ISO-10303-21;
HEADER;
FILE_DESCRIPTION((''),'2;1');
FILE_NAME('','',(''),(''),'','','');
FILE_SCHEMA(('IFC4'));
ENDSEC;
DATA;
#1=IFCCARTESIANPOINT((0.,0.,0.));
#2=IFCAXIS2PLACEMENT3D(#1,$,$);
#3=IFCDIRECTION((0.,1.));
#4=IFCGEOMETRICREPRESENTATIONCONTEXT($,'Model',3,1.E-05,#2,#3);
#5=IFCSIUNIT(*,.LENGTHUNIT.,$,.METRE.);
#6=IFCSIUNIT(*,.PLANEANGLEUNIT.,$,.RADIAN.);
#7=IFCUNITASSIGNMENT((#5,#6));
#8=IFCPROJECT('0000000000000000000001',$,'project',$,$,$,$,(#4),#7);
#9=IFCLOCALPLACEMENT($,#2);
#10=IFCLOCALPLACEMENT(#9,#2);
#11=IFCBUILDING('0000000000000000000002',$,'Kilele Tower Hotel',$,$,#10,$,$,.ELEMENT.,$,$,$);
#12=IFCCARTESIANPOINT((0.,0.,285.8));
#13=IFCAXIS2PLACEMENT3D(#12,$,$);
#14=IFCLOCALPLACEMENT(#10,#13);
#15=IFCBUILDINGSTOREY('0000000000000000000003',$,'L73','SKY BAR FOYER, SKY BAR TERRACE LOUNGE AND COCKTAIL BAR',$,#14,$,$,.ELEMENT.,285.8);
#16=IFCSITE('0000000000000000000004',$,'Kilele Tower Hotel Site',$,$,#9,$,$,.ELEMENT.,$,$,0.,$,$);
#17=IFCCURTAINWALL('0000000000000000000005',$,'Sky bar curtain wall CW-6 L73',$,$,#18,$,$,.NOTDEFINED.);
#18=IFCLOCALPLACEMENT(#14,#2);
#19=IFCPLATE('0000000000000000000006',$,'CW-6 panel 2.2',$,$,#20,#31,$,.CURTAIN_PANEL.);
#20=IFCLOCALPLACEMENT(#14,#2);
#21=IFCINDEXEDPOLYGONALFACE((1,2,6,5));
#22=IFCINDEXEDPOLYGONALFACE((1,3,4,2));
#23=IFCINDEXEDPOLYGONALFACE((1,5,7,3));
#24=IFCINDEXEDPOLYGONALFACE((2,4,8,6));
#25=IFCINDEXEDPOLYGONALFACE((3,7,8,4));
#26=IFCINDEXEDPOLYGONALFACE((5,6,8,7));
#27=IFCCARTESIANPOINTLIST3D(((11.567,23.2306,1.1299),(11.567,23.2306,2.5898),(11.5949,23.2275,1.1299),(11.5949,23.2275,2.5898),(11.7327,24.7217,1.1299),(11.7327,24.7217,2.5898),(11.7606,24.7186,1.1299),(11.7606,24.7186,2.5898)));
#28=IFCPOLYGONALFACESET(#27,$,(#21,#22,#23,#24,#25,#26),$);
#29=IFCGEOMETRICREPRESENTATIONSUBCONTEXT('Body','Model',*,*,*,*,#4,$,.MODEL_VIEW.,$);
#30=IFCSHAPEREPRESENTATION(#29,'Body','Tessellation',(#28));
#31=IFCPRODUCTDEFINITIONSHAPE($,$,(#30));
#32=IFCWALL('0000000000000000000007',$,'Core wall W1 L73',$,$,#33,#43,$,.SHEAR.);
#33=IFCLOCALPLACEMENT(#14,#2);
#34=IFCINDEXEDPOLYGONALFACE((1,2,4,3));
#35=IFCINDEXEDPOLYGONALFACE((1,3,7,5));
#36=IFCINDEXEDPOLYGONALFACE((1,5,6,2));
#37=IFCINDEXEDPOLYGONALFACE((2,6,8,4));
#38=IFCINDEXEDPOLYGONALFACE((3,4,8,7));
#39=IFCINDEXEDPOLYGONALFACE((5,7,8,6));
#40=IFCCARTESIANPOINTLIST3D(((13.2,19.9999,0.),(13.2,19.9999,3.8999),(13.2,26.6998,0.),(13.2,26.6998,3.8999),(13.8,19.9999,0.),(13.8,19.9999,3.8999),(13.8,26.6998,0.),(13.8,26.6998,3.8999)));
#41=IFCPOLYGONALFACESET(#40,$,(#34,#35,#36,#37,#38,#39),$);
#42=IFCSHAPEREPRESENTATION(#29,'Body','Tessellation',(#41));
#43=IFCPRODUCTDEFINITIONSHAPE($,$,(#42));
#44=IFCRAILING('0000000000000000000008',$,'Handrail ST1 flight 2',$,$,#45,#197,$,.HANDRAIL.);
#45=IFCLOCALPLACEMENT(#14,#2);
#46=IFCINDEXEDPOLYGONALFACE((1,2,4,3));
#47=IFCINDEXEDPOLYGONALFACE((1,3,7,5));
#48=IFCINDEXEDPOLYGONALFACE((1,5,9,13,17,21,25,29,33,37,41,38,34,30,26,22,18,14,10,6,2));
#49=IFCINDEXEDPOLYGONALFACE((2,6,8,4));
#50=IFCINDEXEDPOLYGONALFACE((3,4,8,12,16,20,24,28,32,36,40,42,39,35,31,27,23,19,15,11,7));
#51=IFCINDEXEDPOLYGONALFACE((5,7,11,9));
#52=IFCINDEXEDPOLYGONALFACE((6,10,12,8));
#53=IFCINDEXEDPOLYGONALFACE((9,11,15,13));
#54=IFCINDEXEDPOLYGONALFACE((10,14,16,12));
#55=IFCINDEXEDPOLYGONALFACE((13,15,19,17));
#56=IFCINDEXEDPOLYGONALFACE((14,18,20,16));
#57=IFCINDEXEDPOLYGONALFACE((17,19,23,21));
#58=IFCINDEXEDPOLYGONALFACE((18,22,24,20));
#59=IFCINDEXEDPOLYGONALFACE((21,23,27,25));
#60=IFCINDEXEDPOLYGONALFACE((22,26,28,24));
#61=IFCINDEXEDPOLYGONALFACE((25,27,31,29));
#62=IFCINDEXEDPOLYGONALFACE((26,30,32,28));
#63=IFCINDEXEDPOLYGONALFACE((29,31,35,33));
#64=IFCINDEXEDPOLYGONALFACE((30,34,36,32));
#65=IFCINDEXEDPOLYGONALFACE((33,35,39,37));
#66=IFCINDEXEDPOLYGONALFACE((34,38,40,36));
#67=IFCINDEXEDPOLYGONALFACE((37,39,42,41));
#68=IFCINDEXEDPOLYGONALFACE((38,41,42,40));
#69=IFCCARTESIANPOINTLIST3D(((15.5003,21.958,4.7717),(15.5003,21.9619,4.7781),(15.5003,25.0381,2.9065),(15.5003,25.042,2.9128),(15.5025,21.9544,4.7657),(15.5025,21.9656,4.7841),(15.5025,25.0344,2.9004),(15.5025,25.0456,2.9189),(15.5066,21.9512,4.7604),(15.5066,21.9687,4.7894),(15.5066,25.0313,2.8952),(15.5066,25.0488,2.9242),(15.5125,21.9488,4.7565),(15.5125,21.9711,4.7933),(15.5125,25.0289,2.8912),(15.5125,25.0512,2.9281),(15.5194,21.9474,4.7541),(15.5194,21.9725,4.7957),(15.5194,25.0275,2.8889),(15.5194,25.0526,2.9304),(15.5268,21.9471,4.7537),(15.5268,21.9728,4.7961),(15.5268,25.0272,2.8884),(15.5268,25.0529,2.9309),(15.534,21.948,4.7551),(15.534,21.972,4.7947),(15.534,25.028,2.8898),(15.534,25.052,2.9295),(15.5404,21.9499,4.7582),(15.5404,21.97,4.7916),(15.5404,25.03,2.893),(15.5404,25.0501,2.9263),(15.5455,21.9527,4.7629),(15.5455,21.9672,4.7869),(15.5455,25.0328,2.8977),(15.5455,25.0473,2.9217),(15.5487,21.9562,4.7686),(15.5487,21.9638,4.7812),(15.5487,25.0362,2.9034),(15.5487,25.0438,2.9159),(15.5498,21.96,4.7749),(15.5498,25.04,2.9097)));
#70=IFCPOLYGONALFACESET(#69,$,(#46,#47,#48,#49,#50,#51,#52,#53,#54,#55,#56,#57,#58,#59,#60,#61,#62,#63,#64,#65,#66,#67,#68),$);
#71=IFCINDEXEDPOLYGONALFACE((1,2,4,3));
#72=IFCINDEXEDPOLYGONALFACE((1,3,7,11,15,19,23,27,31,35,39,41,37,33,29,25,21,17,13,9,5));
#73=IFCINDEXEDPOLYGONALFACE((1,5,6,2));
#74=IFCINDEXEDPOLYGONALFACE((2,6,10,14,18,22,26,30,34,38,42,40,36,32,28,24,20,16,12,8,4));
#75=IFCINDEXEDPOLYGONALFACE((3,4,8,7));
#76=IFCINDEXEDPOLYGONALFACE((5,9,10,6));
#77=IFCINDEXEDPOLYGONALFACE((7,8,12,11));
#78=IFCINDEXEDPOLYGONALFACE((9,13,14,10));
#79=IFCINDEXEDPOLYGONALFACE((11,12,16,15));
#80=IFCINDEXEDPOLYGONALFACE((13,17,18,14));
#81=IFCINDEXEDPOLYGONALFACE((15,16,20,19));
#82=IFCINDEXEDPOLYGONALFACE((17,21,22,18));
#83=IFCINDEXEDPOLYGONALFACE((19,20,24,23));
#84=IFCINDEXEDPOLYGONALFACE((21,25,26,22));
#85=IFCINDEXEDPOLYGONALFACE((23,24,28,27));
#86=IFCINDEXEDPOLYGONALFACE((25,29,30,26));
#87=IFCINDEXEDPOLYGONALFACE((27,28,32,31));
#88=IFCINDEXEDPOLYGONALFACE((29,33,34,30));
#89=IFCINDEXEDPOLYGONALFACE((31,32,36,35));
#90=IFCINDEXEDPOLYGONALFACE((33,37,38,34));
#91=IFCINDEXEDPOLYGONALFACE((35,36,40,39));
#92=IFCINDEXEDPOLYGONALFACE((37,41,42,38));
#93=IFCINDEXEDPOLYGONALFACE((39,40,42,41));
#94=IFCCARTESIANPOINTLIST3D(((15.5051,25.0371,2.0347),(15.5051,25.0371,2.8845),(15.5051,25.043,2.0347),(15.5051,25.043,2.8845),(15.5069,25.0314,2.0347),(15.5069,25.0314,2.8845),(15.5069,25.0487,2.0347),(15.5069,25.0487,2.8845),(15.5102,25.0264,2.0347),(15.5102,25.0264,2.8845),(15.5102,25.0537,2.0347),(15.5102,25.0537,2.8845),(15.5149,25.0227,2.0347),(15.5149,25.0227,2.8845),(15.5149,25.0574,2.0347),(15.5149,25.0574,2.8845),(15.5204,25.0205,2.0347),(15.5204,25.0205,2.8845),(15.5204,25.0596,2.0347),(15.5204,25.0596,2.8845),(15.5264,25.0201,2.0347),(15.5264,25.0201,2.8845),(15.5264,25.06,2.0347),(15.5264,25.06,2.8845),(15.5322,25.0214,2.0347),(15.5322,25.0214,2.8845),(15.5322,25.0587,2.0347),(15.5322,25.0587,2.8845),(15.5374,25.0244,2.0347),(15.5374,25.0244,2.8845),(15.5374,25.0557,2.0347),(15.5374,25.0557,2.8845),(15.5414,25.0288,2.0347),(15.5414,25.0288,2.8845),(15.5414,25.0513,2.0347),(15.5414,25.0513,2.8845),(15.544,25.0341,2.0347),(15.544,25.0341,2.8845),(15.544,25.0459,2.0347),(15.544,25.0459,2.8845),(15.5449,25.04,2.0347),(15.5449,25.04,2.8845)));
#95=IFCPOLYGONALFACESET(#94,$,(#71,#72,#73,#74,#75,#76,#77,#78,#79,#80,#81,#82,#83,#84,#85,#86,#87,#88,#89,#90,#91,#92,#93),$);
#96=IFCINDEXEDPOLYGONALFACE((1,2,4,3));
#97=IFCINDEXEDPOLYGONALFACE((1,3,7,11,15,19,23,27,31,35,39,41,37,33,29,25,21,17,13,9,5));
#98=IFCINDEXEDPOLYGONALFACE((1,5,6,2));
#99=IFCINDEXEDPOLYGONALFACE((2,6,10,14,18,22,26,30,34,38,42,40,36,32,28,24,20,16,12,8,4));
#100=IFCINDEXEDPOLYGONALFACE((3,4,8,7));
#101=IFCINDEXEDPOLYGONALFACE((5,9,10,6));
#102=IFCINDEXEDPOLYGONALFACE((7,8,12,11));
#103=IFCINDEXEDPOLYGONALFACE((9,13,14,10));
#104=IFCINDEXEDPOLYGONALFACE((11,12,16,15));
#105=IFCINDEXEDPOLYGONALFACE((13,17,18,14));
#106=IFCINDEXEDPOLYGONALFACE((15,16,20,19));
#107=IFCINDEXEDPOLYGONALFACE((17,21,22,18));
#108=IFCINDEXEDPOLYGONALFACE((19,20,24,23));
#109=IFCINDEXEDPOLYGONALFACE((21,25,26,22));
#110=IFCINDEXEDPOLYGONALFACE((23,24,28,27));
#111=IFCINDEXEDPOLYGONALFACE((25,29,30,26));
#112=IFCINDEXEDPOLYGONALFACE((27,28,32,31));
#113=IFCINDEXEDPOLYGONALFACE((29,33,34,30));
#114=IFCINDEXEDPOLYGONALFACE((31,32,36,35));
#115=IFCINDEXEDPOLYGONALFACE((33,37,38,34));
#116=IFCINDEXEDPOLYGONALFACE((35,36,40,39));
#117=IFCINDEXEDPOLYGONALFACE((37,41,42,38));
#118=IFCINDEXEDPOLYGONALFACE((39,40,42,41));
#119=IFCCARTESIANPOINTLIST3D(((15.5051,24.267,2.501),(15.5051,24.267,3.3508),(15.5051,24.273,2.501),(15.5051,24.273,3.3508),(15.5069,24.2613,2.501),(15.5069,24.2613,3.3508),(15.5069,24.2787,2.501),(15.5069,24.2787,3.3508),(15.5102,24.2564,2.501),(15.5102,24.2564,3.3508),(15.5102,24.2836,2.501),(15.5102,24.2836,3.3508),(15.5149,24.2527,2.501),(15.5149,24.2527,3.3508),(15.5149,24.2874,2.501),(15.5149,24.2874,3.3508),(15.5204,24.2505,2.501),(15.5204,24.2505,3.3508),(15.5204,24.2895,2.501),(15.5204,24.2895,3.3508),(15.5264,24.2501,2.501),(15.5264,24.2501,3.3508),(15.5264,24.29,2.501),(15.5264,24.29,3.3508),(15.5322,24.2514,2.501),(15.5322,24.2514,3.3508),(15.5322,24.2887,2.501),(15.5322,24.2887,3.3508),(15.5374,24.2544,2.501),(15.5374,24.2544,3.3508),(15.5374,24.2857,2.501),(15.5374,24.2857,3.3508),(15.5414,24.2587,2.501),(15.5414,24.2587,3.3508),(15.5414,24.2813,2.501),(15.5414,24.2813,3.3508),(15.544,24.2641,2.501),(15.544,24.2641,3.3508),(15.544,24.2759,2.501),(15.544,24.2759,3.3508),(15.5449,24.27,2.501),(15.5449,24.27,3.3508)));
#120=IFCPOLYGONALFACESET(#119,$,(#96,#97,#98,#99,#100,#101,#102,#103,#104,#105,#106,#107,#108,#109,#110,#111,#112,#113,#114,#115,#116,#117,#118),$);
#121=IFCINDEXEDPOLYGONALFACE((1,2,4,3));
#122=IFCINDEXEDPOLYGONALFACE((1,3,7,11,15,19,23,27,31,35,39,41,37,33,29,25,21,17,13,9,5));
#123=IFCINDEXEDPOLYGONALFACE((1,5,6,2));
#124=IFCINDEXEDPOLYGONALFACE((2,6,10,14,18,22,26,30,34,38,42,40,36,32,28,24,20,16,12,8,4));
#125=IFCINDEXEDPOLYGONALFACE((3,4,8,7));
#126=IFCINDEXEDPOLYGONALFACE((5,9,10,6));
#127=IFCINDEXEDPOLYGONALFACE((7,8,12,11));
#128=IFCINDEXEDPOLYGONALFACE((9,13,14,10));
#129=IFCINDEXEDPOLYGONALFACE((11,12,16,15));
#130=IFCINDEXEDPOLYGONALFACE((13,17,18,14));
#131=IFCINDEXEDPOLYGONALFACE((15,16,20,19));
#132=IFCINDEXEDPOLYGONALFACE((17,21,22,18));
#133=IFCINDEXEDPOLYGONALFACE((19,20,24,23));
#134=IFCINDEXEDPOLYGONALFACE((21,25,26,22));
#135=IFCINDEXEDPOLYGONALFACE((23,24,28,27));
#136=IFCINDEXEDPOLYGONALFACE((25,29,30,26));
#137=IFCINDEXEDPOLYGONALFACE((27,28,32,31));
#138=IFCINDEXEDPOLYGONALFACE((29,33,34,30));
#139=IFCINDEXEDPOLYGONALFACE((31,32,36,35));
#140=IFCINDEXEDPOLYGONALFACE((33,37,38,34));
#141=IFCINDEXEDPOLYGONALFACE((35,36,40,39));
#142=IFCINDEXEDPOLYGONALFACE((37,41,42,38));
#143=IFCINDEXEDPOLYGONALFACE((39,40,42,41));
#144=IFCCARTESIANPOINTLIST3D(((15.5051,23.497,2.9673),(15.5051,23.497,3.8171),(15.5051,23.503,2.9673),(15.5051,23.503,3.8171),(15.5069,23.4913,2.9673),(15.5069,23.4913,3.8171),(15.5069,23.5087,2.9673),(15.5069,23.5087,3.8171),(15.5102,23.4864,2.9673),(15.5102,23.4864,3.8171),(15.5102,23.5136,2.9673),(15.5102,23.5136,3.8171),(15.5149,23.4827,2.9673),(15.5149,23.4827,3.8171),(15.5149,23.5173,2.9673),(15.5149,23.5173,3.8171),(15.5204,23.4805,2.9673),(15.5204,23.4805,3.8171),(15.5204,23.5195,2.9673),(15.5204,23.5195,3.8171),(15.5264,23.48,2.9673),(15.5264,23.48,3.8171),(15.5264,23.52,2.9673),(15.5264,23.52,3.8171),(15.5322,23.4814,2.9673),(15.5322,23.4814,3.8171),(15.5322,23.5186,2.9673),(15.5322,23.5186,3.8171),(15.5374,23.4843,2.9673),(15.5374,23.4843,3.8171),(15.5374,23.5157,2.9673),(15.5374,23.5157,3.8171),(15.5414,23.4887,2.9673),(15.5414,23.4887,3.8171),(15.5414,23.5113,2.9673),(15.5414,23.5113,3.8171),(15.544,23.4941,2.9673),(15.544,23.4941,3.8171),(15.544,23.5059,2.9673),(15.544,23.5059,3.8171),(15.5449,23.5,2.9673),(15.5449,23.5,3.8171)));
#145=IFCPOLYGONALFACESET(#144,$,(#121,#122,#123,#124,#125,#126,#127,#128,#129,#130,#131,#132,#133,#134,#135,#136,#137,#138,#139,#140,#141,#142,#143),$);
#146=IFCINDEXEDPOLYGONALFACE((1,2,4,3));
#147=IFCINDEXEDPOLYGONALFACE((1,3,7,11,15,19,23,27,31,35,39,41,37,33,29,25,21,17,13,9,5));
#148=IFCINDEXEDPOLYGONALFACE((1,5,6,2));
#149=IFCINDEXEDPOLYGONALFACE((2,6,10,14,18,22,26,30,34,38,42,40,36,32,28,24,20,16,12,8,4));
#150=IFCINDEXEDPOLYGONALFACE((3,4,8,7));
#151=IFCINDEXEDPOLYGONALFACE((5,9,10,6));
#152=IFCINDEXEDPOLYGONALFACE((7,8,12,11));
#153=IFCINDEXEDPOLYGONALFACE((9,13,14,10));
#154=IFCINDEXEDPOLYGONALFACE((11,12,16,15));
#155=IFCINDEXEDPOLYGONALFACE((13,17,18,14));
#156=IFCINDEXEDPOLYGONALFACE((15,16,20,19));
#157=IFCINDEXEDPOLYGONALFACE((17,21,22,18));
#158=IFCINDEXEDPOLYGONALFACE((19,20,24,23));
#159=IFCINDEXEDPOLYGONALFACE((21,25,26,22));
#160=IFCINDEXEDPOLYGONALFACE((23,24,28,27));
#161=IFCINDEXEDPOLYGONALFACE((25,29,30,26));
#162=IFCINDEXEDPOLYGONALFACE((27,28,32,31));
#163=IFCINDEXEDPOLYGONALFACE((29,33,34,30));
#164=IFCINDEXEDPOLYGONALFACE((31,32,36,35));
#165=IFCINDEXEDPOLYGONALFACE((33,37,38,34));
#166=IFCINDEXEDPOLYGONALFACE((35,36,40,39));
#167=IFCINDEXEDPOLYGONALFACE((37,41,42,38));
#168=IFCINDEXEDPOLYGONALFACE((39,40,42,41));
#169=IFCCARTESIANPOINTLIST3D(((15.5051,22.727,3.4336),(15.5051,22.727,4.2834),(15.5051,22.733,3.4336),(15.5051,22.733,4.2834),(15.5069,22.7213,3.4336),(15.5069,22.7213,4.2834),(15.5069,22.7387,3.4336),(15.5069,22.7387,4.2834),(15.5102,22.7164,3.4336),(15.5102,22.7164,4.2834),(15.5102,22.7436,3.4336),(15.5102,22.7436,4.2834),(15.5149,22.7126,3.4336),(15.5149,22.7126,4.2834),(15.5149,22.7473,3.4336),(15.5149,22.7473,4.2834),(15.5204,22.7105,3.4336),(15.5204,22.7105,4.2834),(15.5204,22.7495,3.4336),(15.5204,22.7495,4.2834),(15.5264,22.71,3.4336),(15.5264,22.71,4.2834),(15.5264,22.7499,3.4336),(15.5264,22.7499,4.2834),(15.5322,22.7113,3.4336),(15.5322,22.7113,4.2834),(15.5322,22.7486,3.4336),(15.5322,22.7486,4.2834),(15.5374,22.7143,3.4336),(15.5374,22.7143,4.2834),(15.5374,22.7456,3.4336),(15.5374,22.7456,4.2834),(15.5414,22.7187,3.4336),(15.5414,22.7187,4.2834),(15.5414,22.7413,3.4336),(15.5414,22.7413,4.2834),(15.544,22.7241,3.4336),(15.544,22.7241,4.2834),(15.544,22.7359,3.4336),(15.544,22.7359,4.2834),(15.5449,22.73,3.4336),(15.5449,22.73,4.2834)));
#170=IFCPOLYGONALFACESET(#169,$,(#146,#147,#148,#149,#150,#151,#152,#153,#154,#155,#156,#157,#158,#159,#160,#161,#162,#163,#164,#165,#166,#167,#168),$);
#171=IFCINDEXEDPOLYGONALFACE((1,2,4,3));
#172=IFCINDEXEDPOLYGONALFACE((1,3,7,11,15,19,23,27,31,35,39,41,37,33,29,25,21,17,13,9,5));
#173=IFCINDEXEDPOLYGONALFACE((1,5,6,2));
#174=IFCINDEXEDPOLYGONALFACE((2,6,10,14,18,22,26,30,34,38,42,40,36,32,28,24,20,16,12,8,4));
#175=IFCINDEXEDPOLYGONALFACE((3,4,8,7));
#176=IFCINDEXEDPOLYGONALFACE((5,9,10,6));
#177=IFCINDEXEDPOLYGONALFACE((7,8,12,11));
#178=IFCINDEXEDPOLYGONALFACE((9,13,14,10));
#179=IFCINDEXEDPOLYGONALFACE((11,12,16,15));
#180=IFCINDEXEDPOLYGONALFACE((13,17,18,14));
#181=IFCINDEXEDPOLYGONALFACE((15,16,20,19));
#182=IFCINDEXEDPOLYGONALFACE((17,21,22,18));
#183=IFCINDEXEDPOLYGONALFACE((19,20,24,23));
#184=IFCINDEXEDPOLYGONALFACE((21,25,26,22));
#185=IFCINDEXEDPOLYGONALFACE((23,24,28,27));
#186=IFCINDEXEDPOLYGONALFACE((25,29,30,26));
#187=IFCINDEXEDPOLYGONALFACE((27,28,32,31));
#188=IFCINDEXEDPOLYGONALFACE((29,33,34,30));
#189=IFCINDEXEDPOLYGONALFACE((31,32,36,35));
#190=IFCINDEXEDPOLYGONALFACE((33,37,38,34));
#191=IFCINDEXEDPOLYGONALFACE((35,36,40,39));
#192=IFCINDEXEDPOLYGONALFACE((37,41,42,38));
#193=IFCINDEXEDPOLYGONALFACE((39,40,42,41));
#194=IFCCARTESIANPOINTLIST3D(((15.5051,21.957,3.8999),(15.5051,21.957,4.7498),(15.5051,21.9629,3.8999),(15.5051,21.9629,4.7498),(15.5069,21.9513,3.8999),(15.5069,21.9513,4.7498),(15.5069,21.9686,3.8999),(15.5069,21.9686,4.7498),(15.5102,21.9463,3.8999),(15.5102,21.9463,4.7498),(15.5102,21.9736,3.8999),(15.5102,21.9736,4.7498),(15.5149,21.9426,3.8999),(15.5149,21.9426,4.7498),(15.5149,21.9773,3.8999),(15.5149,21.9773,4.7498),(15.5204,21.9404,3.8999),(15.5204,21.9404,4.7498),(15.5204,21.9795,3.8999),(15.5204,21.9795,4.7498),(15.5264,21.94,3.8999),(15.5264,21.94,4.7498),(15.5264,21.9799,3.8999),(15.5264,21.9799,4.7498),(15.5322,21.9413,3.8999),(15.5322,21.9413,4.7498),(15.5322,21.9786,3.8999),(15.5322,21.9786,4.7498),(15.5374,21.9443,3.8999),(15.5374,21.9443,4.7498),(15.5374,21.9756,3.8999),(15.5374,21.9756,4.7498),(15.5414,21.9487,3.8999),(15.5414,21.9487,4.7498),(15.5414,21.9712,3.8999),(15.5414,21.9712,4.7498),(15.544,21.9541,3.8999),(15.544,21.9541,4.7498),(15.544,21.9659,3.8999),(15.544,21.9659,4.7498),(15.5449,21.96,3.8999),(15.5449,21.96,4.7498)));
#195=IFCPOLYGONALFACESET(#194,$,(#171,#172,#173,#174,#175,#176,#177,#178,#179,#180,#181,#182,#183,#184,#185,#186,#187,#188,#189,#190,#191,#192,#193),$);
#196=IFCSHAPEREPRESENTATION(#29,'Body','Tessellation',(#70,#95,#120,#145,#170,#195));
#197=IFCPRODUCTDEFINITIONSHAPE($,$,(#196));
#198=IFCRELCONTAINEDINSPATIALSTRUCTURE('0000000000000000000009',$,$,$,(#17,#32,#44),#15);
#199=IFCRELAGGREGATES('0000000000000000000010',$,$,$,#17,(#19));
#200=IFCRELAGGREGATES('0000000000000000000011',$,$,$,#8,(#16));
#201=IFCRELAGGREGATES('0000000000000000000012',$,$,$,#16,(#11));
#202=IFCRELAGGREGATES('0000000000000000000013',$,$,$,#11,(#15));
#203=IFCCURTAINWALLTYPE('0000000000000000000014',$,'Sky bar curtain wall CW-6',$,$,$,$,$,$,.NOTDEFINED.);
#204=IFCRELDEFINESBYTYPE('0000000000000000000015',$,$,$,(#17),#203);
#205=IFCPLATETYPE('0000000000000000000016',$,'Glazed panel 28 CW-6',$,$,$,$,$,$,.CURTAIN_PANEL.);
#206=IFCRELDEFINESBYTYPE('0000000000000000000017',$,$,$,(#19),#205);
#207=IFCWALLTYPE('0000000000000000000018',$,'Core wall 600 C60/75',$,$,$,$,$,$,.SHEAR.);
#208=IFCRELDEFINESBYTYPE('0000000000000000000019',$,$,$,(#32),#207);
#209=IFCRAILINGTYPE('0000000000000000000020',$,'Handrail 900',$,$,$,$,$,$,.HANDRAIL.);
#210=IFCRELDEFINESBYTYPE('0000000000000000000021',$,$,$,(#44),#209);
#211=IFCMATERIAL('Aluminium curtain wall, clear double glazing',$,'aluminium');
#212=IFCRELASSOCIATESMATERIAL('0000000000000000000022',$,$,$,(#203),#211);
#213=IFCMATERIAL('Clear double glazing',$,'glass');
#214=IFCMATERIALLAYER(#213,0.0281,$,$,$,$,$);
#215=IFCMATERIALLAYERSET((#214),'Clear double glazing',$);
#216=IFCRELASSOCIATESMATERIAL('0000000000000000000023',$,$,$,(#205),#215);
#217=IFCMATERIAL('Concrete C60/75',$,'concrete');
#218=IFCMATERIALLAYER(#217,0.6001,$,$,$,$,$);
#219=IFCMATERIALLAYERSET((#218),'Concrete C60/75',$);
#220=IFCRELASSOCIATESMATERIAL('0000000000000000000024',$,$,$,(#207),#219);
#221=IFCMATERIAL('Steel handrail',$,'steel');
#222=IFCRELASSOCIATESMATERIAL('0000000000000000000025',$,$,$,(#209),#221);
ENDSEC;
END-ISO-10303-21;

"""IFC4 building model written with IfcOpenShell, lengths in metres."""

from ifc_helpers import new_model, si_unit, direction, frame, frame_2d, origin, origin_2d, place, context, subcontext, project, spatial, rectangle, circle, extrude, material, layer, layer_set, type_object, element, aggregate, save


model = new_model("IFC4")

# Units and contexts
model_context = context("Model", 3, precision=1e-05, world=origin(), true_north=direction((0.0, 1.0)))
body_context = subcontext(model_context, "Body", "Model", "MODEL_VIEW")
ifc_project = project(units=[si_unit("LENGTHUNIT", "METRE"), si_unit("PLANEANGLEUNIT", "RADIAN")], contexts=[model_context])

# Site, building, storey
site_placement = place(None, origin())
site = spatial("IfcSite", under=ifc_project, at=site_placement, Name="Kilele Tower Hotel Site", CompositionType="ELEMENT", RefElevation=0.0)
building_placement = place(site_placement, origin())
building = spatial("IfcBuilding", under=site, at=building_placement, Name="Kilele Tower Hotel", CompositionType="ELEMENT")
storey_placement = place(building_placement, frame((0.0, 0.0, 285.8)))
storey = spatial("IfcBuildingStorey", under=building, at=storey_placement, Name="L73", Description="SKY BAR FOYER, SKY BAR TERRACE LOUNGE AND COCKTAIL BAR", CompositionType="ELEMENT", Elevation=285.8)

# Curtain wall
ifc_material_1 = material(Name="Aluminium curtain wall, clear double glazing", Category="aluminium")
curtain_wall_type = type_object("IfcCurtainWallType", Name="Sky bar curtain wall CW-6", PredefinedType="NOTDEFINED", material=ifc_material_1)
curtain_wall_placement = place(storey_placement, origin())
curtain_wall = element("IfcCurtainWall", 1, at=curtain_wall_placement, inside=storey, type_object=curtain_wall_type, Name="Sky bar curtain wall CW-6 L73", PredefinedType="NOTDEFINED")

# Plate
ifc_material_2 = material(Name="Clear double glazing", Category="glass")
ifc_layer_1 = layer(ifc_material_2, 0.0281)
ifc_layer_set_1 = layer_set([ifc_layer_1], Name="Clear double glazing")
plate_type = type_object("IfcPlateType", Name="Glazed panel 28 CW-6", PredefinedType="CURTAIN_PANEL", material=ifc_layer_set_1)
plate_1_placement = place(storey_placement, frame((11.6638, 23.9746, 1.1299), z_axis=(0.0, 0.0, 1.0), x_axis=(-0.110432, -0.993884, 0.0)))
plate_1 = element("IfcPlate", 2, at=plate_1_placement, type_object=plate_type, Name="CW-6 panel 2.2", PredefinedType="CURTAIN_PANEL", context=body_context, shape_type="SweptSolid", body=[
    extrude(rectangle(XDim=1.5002, YDim=0.0281, at=origin_2d()), origin(), (0.0, 0.0, 1.0), 1.46),
])
aggregate(curtain_wall, [plate_1])

# Wall
ifc_material_3 = material(Name="Concrete C60/75", Category="concrete")
ifc_layer_2 = layer(ifc_material_3, 0.6001)
ifc_layer_set_2 = layer_set([ifc_layer_2], Name="Concrete C60/75")
wall_type = type_object("IfcWallType", Name="Core wall 600 C60/75", PredefinedType="SHEAR", material=ifc_layer_set_2)
wall_placement = place(storey_placement, frame((13.5, 26.7, 0.0), z_axis=(0.0, 0.0, 1.0), x_axis=(0.0, -1.0, 0.0)))
element("IfcWall", 3, at=wall_placement, inside=storey, type_object=wall_type, Name="Core wall W1 L73", PredefinedType="SHEAR", context=body_context, shape_type="SweptSolid", body=[
    extrude(rectangle(XDim=6.7, YDim=0.6001, at=frame_2d((3.3501, 0.0))), origin(), (0.0, 0.0, 1.0), 3.8999),
])

# Railing
ifc_material_4 = material(Name="Steel handrail", Category="steel")
railing_type_1 = type_object("IfcRailingType", Name="Handrail 900", PredefinedType="HANDRAIL", material=ifc_material_4)
railing_1_placement = place(storey_placement, frame((15.5249, 25.04, 2.0347)))
element("IfcRailing", 4, at=railing_1_placement, inside=storey, type_object=railing_type_1, Name="Handrail ST1 flight 2", PredefinedType="HANDRAIL", context=body_context, shape_type="SweptSolid", body=[
    extrude(circle(Radius=0.0249, at=origin_2d()), frame((0.0, 0.0, 0.875), z_axis=(0.0, -0.85538, 0.518001), x_axis=(1.0, 0.0, 0.0)), (0.0, 0.0, 1.0), 3.6008),
    extrude(circle(Radius=0.02, at=origin_2d()), origin(), (0.0, 0.0, 1.0), 0.8499),
    extrude(circle(Radius=0.02, at=origin_2d()), frame((0.0, -0.77, 0.4663)), (0.0, 0.0, 1.0), 0.8499),
    extrude(circle(Radius=0.02, at=origin_2d()), frame((0.0, -1.54, 0.9326)), (0.0, 0.0, 1.0), 0.8499),
    extrude(circle(Radius=0.02, at=origin_2d()), frame((0.0, -2.3101, 1.3989)), (0.0, 0.0, 1.0), 0.8499),
    extrude(circle(Radius=0.02, at=origin_2d()), frame((0.0, -3.0801, 1.8652)), (0.0, 0.0, 1.0), 0.8499),
])

save(model, "model.ifc")
